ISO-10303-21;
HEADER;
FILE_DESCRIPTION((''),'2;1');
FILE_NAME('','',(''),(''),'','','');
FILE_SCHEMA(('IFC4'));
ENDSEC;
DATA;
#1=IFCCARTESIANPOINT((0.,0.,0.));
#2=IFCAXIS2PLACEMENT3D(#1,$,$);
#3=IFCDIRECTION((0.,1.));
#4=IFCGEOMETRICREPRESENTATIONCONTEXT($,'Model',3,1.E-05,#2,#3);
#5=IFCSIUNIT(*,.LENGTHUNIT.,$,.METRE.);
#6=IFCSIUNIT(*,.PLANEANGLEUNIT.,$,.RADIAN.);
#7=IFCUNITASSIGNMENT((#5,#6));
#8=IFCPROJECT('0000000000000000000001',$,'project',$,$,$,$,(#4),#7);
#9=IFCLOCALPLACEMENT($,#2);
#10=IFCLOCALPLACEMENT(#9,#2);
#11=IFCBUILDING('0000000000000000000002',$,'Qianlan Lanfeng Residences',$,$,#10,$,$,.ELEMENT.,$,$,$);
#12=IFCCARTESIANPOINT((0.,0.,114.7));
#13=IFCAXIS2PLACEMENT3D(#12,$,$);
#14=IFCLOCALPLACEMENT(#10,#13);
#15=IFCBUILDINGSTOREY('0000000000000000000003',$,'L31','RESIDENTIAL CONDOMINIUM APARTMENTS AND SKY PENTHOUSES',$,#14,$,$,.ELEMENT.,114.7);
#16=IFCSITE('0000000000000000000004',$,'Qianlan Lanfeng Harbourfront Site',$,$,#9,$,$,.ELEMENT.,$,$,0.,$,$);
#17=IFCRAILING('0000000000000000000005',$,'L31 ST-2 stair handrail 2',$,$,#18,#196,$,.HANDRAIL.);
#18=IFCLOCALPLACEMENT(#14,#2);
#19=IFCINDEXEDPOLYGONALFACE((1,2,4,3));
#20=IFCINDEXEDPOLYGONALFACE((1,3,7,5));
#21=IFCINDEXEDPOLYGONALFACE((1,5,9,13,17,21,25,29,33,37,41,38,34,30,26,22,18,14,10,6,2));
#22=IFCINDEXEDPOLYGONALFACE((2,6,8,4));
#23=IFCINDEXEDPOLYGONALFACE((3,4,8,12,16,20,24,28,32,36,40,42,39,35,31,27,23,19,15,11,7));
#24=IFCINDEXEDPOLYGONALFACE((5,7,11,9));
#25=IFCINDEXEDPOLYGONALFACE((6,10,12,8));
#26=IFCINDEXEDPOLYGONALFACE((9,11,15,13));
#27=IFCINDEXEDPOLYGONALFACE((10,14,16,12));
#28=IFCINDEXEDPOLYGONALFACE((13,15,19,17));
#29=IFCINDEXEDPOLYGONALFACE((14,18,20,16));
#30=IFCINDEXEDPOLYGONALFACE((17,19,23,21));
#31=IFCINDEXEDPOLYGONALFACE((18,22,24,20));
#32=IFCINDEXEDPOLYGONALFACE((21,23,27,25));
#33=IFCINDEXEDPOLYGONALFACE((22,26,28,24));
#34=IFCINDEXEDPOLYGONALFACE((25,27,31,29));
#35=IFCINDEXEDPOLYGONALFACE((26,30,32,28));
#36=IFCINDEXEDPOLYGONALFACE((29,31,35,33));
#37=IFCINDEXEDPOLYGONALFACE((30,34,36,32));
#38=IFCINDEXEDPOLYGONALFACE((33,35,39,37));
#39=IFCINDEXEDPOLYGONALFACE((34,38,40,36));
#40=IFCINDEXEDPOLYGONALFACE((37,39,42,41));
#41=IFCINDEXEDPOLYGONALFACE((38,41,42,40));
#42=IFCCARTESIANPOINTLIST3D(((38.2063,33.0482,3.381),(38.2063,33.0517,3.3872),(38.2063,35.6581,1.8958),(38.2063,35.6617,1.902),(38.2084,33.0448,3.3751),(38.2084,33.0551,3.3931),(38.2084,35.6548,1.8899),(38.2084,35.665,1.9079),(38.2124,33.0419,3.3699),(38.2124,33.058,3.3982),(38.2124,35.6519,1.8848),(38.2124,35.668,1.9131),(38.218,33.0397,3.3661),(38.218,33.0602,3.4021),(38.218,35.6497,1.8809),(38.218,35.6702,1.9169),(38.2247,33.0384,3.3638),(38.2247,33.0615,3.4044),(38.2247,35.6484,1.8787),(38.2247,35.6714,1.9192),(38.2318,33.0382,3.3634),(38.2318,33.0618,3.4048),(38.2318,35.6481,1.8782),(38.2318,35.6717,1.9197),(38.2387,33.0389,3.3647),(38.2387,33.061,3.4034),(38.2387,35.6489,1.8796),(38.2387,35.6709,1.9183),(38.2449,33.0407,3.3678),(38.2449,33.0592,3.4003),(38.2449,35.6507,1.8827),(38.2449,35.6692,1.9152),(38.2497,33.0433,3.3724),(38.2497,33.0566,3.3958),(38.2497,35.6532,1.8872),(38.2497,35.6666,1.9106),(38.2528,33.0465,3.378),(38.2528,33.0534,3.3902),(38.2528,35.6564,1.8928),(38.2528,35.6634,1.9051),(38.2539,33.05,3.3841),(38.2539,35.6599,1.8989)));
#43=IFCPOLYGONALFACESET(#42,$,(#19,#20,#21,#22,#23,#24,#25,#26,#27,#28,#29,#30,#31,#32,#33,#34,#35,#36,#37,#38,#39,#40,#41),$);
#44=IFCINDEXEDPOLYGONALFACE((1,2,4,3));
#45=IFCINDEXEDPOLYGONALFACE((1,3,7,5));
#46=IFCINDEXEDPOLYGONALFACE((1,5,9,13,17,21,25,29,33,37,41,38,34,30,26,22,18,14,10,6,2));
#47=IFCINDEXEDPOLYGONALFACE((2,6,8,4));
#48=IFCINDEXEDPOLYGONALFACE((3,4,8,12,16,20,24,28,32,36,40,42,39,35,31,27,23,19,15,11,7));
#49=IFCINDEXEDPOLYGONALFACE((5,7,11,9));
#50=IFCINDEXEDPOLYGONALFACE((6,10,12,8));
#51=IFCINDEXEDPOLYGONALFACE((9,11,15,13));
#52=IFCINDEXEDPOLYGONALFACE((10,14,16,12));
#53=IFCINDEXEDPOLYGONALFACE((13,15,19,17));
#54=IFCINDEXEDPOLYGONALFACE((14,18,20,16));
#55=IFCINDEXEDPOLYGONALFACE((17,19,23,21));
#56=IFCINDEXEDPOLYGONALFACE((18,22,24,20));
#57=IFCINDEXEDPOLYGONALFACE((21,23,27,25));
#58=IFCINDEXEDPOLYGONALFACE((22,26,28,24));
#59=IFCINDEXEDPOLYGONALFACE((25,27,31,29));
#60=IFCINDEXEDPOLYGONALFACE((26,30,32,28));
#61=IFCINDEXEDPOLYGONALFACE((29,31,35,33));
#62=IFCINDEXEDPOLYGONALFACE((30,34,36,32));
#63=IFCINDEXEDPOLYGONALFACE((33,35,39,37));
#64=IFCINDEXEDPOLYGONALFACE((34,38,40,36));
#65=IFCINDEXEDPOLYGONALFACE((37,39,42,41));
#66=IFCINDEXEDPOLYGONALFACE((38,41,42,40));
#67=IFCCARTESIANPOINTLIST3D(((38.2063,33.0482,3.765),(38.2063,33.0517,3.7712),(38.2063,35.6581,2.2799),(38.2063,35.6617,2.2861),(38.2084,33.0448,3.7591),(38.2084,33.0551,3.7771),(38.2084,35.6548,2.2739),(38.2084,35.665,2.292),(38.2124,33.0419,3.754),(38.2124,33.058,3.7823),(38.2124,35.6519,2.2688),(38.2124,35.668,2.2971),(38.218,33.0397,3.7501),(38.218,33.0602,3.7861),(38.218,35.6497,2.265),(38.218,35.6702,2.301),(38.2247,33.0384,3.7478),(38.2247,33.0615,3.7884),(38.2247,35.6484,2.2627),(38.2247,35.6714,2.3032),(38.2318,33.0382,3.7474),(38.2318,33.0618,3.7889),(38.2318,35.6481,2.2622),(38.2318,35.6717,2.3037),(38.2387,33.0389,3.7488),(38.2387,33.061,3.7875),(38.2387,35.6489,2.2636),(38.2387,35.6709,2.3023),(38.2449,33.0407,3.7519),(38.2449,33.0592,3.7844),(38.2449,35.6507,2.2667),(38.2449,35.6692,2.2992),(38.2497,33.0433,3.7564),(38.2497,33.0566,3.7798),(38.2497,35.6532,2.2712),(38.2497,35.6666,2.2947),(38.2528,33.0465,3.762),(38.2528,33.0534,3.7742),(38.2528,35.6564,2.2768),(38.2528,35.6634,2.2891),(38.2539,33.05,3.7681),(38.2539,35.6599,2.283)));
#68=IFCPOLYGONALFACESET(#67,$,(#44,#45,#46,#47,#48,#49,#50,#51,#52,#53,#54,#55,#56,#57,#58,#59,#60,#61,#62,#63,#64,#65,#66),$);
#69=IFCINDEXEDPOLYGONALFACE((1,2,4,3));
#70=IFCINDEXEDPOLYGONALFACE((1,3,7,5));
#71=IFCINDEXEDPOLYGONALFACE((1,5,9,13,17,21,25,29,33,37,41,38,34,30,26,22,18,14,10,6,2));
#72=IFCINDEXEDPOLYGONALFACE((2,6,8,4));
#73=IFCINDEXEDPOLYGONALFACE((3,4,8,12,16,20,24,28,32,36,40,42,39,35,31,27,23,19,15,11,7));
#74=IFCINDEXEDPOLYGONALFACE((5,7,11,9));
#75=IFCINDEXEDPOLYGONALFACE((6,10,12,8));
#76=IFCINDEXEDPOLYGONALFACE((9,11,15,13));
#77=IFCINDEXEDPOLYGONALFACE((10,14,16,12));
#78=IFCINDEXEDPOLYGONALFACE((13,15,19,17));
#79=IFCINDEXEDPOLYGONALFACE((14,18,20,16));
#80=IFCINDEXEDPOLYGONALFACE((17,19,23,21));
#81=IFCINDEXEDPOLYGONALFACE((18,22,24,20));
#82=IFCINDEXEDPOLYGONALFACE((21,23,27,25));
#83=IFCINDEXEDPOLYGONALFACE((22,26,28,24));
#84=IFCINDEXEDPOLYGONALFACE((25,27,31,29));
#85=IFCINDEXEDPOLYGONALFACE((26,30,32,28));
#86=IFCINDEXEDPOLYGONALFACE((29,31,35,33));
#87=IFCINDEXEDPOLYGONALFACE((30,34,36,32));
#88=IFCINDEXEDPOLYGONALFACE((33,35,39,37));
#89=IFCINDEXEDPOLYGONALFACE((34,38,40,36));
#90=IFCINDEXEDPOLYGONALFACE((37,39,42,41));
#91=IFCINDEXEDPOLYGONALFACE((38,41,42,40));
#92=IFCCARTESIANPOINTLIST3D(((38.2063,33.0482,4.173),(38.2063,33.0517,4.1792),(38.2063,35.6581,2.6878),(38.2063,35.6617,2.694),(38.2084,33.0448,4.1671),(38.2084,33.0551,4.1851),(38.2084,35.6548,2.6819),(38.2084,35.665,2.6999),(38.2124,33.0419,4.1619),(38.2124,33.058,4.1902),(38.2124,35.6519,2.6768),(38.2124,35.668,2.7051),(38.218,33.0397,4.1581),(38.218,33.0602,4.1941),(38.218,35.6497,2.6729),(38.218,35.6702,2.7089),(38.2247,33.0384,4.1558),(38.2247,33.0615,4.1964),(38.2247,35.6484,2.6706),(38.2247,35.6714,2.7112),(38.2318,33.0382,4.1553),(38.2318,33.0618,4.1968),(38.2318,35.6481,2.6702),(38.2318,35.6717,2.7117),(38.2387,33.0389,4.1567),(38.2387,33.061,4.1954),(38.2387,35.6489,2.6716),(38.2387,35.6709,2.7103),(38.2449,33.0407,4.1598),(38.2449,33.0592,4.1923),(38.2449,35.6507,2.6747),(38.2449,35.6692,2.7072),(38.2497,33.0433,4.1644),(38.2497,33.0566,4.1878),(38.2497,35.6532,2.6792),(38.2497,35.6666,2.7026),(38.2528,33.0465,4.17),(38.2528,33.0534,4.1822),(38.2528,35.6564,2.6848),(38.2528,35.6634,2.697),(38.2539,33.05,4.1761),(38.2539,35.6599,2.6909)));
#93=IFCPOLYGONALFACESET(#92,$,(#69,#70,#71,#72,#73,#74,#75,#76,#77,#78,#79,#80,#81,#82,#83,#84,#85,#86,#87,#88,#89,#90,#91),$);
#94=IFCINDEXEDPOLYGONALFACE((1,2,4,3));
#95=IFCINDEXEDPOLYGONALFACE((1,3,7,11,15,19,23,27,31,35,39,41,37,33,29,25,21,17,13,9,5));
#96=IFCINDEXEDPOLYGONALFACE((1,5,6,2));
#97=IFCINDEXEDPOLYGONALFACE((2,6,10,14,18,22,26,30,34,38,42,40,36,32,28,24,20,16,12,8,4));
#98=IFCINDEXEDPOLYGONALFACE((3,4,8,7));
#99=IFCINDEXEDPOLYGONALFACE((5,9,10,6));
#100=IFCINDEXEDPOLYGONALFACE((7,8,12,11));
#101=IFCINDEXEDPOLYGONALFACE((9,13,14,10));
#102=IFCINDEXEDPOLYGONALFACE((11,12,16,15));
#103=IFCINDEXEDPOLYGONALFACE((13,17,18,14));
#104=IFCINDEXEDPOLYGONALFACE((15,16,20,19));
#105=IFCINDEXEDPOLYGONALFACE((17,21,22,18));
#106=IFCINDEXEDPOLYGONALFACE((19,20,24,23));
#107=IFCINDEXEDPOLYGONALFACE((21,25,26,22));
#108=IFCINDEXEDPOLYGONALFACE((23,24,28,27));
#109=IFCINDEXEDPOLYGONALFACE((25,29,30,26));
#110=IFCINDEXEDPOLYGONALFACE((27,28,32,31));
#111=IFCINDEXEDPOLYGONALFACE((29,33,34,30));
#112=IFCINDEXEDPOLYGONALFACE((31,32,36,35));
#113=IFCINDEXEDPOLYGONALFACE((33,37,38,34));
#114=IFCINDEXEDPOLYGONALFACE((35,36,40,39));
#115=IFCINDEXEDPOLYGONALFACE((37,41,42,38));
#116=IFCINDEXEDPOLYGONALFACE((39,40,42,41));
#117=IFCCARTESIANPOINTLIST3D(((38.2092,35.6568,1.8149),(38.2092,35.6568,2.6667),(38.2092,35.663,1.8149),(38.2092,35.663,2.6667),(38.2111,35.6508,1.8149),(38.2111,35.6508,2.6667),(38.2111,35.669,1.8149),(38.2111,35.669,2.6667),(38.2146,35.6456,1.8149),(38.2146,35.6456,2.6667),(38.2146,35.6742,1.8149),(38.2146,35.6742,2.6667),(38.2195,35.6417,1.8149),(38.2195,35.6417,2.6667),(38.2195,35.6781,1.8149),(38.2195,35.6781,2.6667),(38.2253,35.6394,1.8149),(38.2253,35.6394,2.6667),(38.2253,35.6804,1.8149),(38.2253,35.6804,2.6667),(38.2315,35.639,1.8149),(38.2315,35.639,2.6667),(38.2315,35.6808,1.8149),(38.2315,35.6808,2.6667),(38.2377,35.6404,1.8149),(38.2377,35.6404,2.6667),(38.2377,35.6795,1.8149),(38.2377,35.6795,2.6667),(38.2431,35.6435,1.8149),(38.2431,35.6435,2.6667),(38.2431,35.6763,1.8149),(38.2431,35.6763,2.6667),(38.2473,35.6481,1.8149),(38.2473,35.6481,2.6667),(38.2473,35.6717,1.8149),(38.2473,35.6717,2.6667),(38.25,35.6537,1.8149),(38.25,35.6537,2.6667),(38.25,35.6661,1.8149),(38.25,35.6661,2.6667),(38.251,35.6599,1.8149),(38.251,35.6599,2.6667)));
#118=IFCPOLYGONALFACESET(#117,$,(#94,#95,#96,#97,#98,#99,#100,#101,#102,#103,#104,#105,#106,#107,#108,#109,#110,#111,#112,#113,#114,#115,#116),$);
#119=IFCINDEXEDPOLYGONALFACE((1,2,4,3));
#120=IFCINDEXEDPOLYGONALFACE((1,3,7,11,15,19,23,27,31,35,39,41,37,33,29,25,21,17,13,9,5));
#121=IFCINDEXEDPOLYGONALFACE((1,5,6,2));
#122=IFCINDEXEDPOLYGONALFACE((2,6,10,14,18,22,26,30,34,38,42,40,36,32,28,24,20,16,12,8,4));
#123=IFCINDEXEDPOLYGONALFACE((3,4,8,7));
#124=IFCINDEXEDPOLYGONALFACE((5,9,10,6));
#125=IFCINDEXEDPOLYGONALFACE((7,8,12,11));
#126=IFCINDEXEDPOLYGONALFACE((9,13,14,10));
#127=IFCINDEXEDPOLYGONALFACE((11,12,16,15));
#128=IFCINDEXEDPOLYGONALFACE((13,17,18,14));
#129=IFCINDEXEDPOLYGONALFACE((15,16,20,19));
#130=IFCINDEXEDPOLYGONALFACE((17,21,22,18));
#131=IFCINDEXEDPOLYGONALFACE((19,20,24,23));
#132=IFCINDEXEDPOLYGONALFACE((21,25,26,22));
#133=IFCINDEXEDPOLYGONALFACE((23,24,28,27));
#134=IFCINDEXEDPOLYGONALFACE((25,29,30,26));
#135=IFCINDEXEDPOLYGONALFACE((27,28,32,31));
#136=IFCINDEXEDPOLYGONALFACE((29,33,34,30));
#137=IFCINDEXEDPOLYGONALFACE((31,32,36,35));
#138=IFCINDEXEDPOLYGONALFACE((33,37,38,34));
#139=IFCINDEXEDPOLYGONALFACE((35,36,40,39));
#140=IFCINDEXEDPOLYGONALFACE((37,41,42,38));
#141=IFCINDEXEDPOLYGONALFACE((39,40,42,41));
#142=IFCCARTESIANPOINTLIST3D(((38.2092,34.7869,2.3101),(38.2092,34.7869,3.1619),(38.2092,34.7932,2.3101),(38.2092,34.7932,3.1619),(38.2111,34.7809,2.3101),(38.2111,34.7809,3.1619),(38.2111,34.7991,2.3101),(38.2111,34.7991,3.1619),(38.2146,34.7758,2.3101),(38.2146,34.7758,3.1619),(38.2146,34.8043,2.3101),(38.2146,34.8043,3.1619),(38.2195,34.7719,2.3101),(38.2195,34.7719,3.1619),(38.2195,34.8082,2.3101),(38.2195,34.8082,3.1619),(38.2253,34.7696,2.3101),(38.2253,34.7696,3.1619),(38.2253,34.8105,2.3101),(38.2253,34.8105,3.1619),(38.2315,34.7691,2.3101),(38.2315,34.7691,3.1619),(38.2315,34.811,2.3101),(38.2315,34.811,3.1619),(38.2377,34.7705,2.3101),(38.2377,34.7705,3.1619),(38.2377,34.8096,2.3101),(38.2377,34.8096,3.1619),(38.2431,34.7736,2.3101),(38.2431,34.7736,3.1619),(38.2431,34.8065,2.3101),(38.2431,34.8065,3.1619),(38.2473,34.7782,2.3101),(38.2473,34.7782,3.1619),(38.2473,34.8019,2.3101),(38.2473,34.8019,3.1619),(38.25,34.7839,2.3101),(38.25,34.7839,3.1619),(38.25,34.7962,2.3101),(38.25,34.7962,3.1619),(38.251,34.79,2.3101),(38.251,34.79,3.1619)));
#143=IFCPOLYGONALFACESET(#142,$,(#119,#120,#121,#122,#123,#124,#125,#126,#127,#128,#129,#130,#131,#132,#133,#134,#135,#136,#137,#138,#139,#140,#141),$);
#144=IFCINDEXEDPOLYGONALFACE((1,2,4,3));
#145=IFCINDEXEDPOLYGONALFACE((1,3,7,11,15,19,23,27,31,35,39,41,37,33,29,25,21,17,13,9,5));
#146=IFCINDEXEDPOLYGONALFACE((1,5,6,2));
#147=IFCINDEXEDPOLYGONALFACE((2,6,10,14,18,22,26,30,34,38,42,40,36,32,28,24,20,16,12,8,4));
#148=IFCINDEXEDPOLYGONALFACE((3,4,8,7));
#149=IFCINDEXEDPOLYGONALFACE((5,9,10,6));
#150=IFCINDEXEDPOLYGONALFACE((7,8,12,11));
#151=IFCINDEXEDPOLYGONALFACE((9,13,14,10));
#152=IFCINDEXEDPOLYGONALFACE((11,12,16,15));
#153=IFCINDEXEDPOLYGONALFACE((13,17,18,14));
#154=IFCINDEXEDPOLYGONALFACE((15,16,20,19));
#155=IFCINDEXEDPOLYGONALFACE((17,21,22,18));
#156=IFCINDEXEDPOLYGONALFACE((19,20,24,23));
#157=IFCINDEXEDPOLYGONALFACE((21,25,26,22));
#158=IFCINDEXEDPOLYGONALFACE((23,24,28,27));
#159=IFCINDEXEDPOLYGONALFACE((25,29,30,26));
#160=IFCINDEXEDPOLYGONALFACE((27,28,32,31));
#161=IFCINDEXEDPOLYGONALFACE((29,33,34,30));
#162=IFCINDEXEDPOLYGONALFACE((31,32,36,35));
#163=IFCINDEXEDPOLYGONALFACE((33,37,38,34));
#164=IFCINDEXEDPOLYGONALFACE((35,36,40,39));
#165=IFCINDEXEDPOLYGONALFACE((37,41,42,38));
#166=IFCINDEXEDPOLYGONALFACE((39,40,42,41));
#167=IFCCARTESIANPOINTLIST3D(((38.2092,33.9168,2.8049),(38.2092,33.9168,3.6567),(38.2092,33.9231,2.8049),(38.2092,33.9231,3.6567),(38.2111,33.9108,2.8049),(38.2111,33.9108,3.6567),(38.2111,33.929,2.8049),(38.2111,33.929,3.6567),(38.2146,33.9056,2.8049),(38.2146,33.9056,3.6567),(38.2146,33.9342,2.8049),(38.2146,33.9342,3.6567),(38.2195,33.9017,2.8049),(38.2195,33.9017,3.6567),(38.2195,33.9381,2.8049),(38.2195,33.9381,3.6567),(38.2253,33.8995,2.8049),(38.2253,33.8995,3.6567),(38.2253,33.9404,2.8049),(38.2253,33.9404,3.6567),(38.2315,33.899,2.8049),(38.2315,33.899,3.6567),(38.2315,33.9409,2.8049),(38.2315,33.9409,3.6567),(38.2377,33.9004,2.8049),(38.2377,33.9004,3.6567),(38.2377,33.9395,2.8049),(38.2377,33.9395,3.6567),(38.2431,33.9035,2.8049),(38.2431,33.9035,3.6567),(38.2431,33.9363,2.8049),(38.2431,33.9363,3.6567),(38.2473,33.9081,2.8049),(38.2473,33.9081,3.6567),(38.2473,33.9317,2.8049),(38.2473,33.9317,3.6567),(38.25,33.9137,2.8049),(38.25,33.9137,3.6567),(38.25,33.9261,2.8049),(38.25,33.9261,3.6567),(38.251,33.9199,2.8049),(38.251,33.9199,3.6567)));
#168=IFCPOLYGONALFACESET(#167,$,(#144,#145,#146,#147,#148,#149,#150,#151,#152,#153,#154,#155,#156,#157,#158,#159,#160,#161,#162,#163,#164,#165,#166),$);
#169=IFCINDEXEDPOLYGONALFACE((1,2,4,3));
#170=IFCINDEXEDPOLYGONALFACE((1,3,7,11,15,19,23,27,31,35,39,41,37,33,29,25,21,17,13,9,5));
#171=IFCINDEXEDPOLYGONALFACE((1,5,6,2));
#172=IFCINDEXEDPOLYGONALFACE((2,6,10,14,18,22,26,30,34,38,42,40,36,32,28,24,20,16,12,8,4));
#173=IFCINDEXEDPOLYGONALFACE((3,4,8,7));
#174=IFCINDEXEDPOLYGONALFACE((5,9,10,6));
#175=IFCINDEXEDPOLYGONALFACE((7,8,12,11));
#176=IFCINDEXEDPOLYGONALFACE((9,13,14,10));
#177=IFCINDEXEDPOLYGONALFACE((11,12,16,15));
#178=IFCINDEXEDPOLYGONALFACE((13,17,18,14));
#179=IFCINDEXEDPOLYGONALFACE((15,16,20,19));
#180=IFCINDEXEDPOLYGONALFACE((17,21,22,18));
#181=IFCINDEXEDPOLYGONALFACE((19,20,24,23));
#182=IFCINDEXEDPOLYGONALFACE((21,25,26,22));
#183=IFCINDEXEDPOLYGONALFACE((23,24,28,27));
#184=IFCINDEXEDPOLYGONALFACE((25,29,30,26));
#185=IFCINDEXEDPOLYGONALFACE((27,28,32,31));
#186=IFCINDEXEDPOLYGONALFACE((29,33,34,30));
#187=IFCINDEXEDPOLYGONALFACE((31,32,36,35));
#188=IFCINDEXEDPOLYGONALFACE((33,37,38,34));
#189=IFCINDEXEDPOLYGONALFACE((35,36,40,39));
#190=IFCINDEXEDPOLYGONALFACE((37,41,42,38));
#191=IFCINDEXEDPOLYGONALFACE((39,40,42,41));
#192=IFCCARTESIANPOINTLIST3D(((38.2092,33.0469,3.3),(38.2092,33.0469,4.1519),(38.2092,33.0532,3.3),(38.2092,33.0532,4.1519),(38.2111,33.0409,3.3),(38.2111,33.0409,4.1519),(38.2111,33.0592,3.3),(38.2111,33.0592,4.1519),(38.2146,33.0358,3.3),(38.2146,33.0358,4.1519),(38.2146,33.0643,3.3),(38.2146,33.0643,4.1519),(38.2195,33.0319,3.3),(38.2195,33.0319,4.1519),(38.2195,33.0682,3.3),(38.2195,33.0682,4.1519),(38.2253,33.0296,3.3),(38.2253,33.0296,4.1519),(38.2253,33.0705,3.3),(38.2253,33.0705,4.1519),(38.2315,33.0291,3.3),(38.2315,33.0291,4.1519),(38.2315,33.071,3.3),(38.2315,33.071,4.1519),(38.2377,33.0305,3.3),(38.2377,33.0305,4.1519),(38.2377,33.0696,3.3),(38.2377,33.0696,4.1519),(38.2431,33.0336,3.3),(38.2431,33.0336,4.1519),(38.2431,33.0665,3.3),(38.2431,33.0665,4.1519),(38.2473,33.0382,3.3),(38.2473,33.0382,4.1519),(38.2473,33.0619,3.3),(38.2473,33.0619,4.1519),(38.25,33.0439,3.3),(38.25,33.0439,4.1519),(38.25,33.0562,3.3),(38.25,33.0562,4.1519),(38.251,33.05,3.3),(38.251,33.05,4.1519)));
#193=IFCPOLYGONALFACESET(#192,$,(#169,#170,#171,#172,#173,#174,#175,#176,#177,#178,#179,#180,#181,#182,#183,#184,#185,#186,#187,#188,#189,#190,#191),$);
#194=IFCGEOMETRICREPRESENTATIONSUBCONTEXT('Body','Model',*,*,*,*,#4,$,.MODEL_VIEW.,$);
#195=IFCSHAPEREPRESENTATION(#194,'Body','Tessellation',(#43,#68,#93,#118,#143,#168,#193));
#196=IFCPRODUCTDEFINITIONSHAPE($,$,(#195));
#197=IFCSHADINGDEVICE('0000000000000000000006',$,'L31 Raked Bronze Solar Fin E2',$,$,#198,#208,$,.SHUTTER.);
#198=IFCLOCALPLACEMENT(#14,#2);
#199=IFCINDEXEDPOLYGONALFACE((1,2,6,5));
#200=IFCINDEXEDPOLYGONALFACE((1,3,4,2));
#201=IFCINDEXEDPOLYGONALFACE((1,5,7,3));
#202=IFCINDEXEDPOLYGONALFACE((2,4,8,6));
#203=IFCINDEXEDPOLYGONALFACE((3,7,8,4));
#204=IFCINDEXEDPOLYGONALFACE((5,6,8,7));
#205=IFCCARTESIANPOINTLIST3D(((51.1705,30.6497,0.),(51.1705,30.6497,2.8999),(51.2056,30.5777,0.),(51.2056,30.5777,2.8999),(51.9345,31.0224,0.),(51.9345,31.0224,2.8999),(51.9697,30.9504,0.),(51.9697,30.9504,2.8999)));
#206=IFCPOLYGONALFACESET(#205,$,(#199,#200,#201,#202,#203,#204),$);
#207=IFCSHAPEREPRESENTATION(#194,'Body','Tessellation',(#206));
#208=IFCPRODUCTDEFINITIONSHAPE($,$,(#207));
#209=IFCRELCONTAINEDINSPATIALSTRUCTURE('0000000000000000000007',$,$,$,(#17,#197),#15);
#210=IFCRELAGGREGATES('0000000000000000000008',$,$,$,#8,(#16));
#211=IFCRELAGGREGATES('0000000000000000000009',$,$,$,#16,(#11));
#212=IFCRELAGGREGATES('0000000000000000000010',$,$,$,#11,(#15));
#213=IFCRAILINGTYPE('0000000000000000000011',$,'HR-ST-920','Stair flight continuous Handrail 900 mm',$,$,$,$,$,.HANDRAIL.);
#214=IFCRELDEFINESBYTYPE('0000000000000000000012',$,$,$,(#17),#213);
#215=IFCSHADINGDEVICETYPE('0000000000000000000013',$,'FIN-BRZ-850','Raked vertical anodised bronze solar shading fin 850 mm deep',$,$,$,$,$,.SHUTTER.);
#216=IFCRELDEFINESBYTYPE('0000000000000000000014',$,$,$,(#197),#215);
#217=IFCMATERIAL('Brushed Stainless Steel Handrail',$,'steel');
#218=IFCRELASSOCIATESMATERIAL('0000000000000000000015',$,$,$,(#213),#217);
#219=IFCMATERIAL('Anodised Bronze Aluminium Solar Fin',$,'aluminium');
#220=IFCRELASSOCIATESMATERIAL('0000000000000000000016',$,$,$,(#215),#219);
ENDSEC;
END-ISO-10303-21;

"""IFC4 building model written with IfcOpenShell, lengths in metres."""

from ifc_helpers import new_model, si_unit, direction, frame, origin, origin_2d, place, context, subcontext, project, spatial, rectangle, circle, extrude, source, transform, mapped, material, type_object, element, save


model = new_model("IFC4")

# Units and contexts
model_context = context("Model", 3, precision=1e-05, world=origin(), true_north=direction((0.0, 1.0)))
body_context = subcontext(model_context, "Body", "Model", "MODEL_VIEW")
ifc_project = project(units=[si_unit("LENGTHUNIT", "METRE"), si_unit("PLANEANGLEUNIT", "RADIAN")], contexts=[model_context])

# Site, building, storey
site_placement = place(None, origin())
site = spatial("IfcSite", under=ifc_project, at=site_placement, Name="Qianlan Lanfeng Harbourfront Site", CompositionType="ELEMENT", RefElevation=0.0)
building_placement = place(site_placement, origin())
building = spatial("IfcBuilding", under=site, at=building_placement, Name="Qianlan Lanfeng Residences", CompositionType="ELEMENT")
storey_placement = place(building_placement, frame((0.0, 0.0, 114.7)))
storey = spatial("IfcBuildingStorey", under=building, at=storey_placement, Name="L31", Description="RESIDENTIAL CONDOMINIUM APARTMENTS AND SKY PENTHOUSES", CompositionType="ELEMENT", Elevation=114.7)

# Railing
ifc_material_1 = material(Name="Brushed Stainless Steel Handrail", Category="steel")
railing_type_1 = type_object("IfcRailingType", Name="HR-ST-920", Description="Stair flight continuous Handrail 900 mm", PredefinedType="HANDRAIL", material=ifc_material_1)
railing_1_placement = place(storey_placement, frame((38.23, 35.6599, 1.8149)))
element("IfcRailing", 1, at=railing_1_placement, inside=storey, type_object=railing_type_1, Name="L31 ST-2 stair handrail 2", PredefinedType="HANDRAIL", context=body_context, shape_type="SweptSolid", body=[
    extrude(circle(Radius=0.0239, at=origin_2d()), frame((0.0, 0.0, 0.084), z_axis=(0.0, -0.869137, 0.494571), x_axis=(1.0, 0.0, 0.0)), (0.0, 0.0, 1.0), 3.0029),
    extrude(circle(Radius=0.0239, at=origin_2d()), frame((0.0, 0.0, 0.468), z_axis=(0.0, -0.869137, 0.494571), x_axis=(1.0, 0.0, 0.0)), (0.0, 0.0, 1.0), 3.0029),
    extrude(circle(Radius=0.0239, at=origin_2d()), frame((0.0, 0.0, 0.876), z_axis=(0.0, -0.869137, 0.494571), x_axis=(1.0, 0.0, 0.0)), (0.0, 0.0, 1.0), 3.0029),
    extrude(circle(Radius=0.021, at=origin_2d()), origin(), (0.0, 0.0, 1.0), 0.8518),
    extrude(circle(Radius=0.021, at=origin_2d()), frame((0.0, -0.8699, 0.4951)), (0.0, 0.0, 1.0), 0.8518),
    extrude(circle(Radius=0.021, at=origin_2d()), frame((0.0, -1.74, 0.99)), (0.0, 0.0, 1.0), 0.8518),
    extrude(circle(Radius=0.021, at=origin_2d()), frame((0.0, -2.6099, 1.4851)), (0.0, 0.0, 1.0), 0.8518),
])

# Shading device
ifc_material_2 = material(Name="Anodised Bronze Aluminium Solar Fin", Category="aluminium")
shading_device_type = type_object("IfcShadingDeviceType", Name="FIN-BRZ-850", Description="Raked vertical anodised bronze solar shading fin 850 mm deep", PredefinedType="SHUTTER", material=ifc_material_2)
shared_shape_1 = source(origin(), body_context, "Body", "SweptSolid", [
    extrude(rectangle(XDim=0.8501, YDim=0.0801, at=origin_2d()), origin(), (0.0, 0.0, 1.0), 2.8999),
])
shading_device_placement = place(storey_placement, frame((51.5701, 30.8, 0.0), z_axis=(0.0, 0.0, 1.0), x_axis=(0.898794, 0.438371, 0.0)))
element("IfcShadingDevice", 2, at=shading_device_placement, inside=storey, type_object=shading_device_type, Name="L31 Raked Bronze Solar Fin E2", PredefinedType="SHUTTER", context=body_context, shape_type="MappedRepresentation", body=[
    mapped(shared_shape_1, transform((0.0, 0.0, 0.0), scale=1.0)),
])

save(model, "model.ifc")
